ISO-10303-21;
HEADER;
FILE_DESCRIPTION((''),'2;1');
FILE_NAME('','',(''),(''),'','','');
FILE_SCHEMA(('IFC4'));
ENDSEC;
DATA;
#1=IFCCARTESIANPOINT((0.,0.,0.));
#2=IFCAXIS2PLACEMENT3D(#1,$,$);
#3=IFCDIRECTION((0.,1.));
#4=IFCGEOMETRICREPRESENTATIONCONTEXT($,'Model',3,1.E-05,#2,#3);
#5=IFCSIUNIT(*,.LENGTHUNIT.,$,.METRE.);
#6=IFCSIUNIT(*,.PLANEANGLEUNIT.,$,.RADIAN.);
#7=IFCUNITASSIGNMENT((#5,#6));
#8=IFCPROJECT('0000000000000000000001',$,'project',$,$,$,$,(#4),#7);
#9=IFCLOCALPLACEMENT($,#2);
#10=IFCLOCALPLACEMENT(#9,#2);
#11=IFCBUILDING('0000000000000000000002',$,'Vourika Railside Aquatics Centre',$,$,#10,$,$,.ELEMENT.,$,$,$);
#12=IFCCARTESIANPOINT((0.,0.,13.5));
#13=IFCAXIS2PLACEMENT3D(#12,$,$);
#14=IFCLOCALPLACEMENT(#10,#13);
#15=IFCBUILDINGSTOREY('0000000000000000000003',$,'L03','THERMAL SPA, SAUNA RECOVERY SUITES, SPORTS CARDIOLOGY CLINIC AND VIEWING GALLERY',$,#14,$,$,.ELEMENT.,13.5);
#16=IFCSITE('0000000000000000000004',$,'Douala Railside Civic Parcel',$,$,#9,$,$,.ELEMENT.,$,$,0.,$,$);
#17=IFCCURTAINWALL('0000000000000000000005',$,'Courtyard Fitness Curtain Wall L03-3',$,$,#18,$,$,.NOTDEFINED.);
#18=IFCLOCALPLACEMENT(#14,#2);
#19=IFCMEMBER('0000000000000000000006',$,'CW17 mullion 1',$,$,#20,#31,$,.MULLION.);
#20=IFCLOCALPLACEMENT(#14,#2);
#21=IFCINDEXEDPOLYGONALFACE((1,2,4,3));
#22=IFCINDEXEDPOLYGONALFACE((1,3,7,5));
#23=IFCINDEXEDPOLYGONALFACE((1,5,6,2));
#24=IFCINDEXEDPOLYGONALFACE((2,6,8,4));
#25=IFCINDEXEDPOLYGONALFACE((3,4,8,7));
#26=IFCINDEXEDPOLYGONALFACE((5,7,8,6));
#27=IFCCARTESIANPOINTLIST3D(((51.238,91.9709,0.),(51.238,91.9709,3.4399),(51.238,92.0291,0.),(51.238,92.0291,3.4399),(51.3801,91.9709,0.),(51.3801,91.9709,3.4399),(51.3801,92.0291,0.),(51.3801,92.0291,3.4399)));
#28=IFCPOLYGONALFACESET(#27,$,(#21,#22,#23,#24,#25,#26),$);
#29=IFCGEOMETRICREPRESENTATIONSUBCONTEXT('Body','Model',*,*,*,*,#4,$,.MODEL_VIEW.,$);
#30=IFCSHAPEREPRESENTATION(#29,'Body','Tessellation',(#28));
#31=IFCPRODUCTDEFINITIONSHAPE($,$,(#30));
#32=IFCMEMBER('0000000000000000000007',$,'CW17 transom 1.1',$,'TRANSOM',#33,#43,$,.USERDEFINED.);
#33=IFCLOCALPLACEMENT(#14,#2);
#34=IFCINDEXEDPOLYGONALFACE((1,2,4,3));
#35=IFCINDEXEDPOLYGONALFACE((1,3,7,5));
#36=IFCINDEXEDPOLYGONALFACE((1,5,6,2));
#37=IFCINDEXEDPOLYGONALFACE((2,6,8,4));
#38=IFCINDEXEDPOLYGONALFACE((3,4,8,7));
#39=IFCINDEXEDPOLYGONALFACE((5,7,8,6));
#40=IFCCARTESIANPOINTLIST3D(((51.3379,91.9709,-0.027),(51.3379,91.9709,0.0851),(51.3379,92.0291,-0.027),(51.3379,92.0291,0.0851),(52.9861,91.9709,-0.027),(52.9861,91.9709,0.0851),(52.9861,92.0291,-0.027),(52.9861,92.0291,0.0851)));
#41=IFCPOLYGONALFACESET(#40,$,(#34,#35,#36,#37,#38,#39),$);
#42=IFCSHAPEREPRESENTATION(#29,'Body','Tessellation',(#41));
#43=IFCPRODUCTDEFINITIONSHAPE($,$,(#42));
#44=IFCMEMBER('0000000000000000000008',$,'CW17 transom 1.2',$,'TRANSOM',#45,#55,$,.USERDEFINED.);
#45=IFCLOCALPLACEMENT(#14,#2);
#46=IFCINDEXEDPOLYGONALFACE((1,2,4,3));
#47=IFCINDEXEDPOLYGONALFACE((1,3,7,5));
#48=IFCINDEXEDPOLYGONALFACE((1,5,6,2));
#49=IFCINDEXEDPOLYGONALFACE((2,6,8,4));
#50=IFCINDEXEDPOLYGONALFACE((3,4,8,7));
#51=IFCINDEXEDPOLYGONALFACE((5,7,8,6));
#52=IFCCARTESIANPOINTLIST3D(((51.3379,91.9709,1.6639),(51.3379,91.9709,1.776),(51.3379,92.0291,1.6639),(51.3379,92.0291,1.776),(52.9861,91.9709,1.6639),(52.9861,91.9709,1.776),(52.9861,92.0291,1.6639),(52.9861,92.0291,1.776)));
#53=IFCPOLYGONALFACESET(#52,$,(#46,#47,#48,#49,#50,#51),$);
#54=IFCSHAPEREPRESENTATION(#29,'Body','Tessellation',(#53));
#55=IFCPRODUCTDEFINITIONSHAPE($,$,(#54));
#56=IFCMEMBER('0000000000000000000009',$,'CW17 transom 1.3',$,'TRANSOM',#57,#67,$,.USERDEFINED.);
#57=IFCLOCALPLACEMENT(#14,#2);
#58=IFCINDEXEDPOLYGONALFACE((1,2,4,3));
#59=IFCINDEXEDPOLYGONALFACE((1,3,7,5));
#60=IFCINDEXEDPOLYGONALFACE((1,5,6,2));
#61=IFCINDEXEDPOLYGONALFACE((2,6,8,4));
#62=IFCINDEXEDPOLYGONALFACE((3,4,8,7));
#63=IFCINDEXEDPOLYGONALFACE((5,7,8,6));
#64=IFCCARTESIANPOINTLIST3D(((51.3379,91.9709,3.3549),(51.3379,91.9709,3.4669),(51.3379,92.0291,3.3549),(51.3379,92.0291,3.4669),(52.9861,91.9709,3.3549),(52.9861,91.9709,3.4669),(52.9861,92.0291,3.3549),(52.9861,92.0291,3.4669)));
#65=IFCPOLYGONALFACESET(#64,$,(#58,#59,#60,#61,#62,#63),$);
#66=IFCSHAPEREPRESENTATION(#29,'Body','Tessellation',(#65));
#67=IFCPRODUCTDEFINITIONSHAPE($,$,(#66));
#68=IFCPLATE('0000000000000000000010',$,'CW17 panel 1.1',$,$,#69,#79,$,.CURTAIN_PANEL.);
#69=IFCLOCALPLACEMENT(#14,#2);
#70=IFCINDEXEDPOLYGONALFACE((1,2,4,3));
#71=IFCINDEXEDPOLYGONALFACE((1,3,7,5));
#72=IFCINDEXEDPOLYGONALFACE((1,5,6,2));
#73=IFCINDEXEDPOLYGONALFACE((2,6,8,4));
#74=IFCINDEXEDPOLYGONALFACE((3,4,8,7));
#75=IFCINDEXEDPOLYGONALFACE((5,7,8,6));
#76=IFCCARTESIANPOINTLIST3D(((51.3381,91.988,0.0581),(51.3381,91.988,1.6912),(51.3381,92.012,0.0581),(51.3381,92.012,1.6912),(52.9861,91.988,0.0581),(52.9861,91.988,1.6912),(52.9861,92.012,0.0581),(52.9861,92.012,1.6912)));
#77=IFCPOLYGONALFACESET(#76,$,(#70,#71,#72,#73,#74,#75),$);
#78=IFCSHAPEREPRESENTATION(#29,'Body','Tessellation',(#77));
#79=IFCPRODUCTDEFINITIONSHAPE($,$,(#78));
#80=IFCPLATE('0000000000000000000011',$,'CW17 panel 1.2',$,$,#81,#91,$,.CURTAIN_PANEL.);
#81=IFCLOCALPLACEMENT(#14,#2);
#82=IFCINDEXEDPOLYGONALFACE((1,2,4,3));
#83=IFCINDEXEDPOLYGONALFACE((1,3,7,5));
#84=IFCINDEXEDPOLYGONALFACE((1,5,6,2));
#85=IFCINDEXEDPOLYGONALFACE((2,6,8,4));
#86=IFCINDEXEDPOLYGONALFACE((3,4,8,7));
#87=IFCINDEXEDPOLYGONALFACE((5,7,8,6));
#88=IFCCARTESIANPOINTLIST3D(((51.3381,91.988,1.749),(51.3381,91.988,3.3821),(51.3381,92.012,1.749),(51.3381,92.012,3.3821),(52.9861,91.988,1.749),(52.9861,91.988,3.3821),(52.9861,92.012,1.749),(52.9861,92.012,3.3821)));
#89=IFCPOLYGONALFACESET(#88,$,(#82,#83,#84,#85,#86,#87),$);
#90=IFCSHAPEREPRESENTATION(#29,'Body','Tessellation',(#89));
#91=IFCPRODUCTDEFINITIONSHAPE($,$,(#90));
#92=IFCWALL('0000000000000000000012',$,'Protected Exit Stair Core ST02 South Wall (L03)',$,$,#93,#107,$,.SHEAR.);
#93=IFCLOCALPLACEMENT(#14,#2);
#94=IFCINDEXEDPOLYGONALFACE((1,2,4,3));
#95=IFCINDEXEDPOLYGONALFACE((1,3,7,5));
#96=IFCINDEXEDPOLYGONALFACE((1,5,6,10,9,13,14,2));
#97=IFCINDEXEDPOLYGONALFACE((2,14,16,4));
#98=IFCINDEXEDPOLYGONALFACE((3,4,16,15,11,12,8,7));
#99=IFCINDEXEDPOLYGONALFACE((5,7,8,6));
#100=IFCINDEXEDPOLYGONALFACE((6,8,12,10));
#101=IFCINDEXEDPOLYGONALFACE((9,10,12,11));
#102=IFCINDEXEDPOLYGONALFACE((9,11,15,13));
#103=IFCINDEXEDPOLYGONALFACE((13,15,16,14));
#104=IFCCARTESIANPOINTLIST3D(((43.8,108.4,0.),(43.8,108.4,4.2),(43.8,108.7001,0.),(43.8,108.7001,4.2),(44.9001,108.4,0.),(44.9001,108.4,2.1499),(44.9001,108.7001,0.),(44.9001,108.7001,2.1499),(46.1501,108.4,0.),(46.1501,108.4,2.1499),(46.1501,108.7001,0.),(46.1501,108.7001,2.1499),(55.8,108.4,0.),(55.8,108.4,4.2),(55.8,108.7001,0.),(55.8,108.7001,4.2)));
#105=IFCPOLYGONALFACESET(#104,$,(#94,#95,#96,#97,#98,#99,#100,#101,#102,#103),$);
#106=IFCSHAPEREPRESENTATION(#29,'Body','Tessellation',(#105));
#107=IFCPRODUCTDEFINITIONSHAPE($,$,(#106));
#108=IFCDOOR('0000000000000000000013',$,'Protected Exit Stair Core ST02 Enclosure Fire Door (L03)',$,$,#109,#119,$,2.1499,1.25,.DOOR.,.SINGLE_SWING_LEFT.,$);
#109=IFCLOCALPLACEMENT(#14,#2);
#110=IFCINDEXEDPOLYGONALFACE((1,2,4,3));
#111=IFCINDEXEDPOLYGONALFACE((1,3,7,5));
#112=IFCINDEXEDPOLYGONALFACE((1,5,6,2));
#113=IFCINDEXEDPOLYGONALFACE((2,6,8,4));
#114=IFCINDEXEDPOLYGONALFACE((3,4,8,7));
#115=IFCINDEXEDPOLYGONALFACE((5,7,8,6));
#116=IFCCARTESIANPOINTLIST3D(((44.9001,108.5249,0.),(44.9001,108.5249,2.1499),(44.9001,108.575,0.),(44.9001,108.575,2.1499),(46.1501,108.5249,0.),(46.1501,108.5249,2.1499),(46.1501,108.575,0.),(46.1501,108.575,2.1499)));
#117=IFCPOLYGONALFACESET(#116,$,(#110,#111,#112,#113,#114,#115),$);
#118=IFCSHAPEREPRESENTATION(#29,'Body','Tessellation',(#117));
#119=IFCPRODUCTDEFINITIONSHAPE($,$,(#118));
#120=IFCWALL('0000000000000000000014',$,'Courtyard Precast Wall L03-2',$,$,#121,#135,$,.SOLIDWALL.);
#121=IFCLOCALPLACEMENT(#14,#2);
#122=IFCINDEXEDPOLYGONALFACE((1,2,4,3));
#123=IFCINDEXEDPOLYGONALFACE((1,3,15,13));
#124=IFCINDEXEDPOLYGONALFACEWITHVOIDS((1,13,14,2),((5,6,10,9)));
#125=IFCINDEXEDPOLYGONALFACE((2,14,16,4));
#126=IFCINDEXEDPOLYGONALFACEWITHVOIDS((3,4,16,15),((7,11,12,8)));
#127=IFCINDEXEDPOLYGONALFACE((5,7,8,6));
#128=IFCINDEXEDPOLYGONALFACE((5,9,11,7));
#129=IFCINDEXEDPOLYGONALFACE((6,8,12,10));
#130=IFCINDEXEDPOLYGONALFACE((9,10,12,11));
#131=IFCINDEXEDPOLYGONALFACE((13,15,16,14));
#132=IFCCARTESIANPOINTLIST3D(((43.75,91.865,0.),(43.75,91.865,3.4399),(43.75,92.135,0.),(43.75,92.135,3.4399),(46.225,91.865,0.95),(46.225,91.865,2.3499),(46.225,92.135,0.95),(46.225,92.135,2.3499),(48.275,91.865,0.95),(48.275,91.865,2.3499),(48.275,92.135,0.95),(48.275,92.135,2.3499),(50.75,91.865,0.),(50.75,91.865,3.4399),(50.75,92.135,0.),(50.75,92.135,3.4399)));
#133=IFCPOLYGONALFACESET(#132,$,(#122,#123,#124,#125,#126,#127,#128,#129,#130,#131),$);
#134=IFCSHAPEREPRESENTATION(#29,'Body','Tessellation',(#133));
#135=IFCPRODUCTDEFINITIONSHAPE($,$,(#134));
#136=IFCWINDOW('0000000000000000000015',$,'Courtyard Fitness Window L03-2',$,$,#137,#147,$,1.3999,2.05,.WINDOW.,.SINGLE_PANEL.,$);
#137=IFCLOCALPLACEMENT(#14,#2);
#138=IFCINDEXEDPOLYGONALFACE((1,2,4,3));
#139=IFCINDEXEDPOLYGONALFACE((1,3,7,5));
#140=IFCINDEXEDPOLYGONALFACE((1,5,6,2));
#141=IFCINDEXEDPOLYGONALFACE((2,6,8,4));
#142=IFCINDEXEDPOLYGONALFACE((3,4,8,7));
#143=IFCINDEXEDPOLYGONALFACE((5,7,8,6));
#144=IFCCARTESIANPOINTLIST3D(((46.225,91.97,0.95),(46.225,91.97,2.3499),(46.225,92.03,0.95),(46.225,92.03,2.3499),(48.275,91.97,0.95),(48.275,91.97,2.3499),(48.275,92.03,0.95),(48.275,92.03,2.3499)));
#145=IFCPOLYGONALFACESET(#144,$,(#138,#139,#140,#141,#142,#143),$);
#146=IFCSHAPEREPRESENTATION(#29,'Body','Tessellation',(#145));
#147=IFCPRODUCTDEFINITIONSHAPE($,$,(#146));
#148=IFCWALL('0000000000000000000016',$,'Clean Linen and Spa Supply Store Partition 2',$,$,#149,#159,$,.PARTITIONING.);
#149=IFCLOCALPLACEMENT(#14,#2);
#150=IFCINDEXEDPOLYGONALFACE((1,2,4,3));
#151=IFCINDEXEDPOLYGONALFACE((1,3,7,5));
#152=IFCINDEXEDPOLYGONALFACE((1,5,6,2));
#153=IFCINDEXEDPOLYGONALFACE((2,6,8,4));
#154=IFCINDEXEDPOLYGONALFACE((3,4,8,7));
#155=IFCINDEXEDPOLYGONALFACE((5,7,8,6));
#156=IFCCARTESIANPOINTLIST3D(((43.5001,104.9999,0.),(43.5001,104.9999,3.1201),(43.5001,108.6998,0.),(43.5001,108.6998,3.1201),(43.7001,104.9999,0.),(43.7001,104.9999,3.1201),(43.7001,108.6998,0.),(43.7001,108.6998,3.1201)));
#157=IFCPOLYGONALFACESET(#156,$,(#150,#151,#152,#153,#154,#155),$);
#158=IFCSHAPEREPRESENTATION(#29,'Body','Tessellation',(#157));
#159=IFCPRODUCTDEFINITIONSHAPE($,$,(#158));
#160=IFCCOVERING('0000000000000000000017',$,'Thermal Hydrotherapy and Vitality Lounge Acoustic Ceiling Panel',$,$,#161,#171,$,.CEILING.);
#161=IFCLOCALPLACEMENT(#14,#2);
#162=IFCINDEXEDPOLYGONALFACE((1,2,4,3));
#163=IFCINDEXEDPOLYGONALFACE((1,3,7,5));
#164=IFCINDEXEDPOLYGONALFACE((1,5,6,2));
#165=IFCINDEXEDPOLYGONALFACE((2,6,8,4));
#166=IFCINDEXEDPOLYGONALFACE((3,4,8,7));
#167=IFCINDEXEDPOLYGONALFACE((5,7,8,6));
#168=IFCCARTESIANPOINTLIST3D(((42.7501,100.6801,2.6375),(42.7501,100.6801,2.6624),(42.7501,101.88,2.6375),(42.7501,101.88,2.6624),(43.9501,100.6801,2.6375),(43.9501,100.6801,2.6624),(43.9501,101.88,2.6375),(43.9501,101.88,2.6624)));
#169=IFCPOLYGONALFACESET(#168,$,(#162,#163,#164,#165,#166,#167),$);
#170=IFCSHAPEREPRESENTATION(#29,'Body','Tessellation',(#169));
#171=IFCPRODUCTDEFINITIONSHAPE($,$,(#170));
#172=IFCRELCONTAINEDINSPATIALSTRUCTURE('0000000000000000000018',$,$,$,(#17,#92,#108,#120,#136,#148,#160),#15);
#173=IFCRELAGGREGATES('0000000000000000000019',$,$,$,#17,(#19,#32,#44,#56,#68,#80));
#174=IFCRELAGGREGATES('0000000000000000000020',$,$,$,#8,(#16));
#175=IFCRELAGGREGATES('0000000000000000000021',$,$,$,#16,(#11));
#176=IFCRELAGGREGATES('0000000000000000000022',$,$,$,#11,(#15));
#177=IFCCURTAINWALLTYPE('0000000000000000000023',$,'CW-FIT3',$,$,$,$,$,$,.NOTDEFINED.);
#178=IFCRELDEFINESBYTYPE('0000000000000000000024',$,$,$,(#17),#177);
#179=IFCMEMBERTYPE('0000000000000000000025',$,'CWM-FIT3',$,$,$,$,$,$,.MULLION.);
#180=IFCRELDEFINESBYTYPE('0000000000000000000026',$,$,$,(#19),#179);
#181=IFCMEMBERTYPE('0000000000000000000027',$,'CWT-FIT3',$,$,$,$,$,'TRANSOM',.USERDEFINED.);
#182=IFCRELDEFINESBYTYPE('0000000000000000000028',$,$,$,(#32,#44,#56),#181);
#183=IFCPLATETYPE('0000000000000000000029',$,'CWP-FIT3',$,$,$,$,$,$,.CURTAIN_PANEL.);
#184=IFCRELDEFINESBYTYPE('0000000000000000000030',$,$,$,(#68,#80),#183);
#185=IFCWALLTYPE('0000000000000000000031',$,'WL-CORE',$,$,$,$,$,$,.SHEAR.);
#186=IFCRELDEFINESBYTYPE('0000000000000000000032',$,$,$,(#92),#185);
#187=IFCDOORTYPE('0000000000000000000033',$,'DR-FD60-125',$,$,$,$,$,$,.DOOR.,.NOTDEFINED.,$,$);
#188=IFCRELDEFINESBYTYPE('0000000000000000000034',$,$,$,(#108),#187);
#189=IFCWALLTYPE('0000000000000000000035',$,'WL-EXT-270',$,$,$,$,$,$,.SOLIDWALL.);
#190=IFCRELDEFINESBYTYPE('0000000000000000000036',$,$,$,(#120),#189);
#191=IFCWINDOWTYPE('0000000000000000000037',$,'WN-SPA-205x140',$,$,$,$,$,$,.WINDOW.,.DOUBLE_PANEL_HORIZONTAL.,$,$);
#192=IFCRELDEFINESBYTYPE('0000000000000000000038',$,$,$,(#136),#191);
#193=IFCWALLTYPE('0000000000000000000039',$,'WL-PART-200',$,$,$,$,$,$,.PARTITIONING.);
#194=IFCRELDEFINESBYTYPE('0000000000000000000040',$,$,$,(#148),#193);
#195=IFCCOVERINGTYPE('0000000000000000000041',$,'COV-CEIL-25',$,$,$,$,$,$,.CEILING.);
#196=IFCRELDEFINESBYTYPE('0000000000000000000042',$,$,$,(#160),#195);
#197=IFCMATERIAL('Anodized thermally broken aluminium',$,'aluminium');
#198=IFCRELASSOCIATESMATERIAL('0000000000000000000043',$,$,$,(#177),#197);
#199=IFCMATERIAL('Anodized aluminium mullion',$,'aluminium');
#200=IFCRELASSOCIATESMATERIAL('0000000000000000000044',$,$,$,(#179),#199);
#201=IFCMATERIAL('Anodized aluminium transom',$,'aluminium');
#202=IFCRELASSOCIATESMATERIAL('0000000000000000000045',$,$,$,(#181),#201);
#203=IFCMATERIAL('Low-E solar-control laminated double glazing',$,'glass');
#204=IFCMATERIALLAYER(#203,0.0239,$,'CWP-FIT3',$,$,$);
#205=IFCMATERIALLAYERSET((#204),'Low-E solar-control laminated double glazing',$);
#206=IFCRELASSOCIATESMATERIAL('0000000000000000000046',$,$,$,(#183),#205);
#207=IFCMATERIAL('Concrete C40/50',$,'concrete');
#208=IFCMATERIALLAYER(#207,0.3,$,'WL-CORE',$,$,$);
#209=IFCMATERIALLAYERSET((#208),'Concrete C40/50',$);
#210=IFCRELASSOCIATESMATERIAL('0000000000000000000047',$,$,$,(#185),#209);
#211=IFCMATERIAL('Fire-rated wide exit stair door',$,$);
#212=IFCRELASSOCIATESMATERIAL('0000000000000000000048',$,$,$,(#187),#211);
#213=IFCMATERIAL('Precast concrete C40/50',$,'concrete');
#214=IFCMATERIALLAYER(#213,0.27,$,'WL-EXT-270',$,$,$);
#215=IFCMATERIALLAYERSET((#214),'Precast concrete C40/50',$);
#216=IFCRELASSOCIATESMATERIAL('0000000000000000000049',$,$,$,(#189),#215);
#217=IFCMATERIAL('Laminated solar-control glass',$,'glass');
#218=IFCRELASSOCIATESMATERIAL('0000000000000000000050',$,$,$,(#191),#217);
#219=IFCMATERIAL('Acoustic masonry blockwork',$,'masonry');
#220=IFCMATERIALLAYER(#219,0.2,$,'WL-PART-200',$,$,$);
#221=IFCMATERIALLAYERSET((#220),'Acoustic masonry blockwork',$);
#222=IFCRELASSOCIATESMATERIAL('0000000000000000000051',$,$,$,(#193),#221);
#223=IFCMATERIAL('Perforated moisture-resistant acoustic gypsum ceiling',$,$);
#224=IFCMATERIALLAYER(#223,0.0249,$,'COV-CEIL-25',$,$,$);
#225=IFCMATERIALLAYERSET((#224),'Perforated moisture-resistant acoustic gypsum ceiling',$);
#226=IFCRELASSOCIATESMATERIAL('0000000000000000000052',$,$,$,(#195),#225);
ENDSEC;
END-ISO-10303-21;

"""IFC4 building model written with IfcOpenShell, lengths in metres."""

from ifc_helpers import new_model, si_unit, direction, frame, frame_2d, origin, origin_2d, place, context, subcontext, project, spatial, rectangle, extrude, material, layer, layer_set, material_profile, profile_set, type_object, element, fill, aggregate, save


model = new_model("IFC4")

# Units and contexts
model_context = context("Model", 3, precision=1e-05, world=origin(), true_north=direction((0.0, 1.0)))
body_context = subcontext(model_context, "Body", "Model", "MODEL_VIEW")
ifc_project = project(units=[si_unit("LENGTHUNIT", "METRE"), si_unit("PLANEANGLEUNIT", "RADIAN")], contexts=[model_context])

# Site, building, storey
site_placement = place(None, origin())
site = spatial("IfcSite", under=ifc_project, at=site_placement, Name="Douala Railside Civic Parcel", CompositionType="ELEMENT", RefElevation=0.0)
building_placement = place(site_placement, origin())
building = spatial("IfcBuilding", under=site, at=building_placement, Name="Vourika Railside Aquatics Centre", CompositionType="ELEMENT")
storey_placement = place(building_placement, frame((0.0, 0.0, 13.5)))
storey = spatial("IfcBuildingStorey", under=building, at=storey_placement, Name="L03", Description="THERMAL SPA, SAUNA RECOVERY SUITES, SPORTS CARDIOLOGY CLINIC AND VIEWING GALLERY", CompositionType="ELEMENT", Elevation=13.5)

# Curtain wall, members, plates
ifc_material_1 = material(Name="Anodized thermally broken aluminium", Category="aluminium")
curtain_wall_type = type_object("IfcCurtainWallType", Name="CW-FIT3", PredefinedType="NOTDEFINED", material=ifc_material_1)
curtain_wall_placement = place(storey_placement, origin())
curtain_wall = element("IfcCurtainWall", 1, at=curtain_wall_placement, inside=storey, type_object=curtain_wall_type, Name="Courtyard Fitness Curtain Wall L03-3", PredefinedType="NOTDEFINED")
ifc_material_2 = material(Name="Anodized aluminium mullion", Category="aluminium")
ifc_material_profile_1 = material_profile(ifc_material_2, rectangle(XDim=0.0581, YDim=0.1421, at=origin_2d()), Name="ALU-M 58x142")
ifc_profile_set_1 = profile_set([ifc_material_profile_1], Name="Anodized aluminium mullion")
member_type_1 = type_object("IfcMemberType", Name="CWM-FIT3", PredefinedType="MULLION", material=ifc_profile_set_1)
member_1_placement = place(storey_placement, frame((51.3091, 92.0, 0.0), z_axis=(0.0, 0.0, 1.0), x_axis=(0.0, 1.0, 0.0)))
member_1 = element("IfcMember", 2, at=member_1_placement, type_object=member_type_1, Name="CW17 mullion 1", PredefinedType="MULLION", context=body_context, shape_type="SweptSolid", body=[
    extrude(rectangle(XDim=0.0581, YDim=0.1421, at=origin_2d()), origin(), (0.0, 0.0, 1.0), 3.4399),
])
ifc_material_3 = material(Name="Anodized aluminium transom", Category="aluminium")
ifc_material_profile_2 = material_profile(ifc_material_3, rectangle(XDim=0.0581, YDim=0.1121, at=origin_2d()), Name="ALU-T 58x112")
ifc_profile_set_2 = profile_set([ifc_material_profile_2], Name="Anodized aluminium transom")
member_type_2 = type_object("IfcMemberType", Name="CWT-FIT3", ElementType="TRANSOM", PredefinedType="USERDEFINED", material=ifc_profile_set_2)
member_2_placement = place(storey_placement, frame((51.3379, 92.0, 0.0291), z_axis=(1.0, 0.0, 0.0), x_axis=(0.0, 1.0, 0.0)))
member_2 = element("IfcMember", 3, at=member_2_placement, type_object=member_type_2, Name="CW17 transom 1.1", ObjectType="TRANSOM", PredefinedType="USERDEFINED", context=body_context, shape_type="SweptSolid", body=[
    extrude(rectangle(XDim=0.0581, YDim=0.1121, at=origin_2d()), origin(), (0.0, 0.0, 1.0), 1.6482),
])
member_3_placement = place(storey_placement, frame((51.3379, 92.0, 1.72), z_axis=(1.0, 0.0, 0.0), x_axis=(0.0, 1.0, 0.0)))
member_3 = element("IfcMember", 4, at=member_3_placement, type_object=member_type_2, Name="CW17 transom 1.2", ObjectType="TRANSOM", PredefinedType="USERDEFINED", context=body_context, shape_type="SweptSolid", body=[
    extrude(rectangle(XDim=0.0581, YDim=0.1121, at=origin_2d()), origin(), (0.0, 0.0, 1.0), 1.6482),
])
member_4_placement = place(storey_placement, frame((51.3379, 92.0, 3.4109), z_axis=(1.0, 0.0, 0.0), x_axis=(0.0, 1.0, 0.0)))
member_4 = element("IfcMember", 5, at=member_4_placement, type_object=member_type_2, Name="CW17 transom 1.3", ObjectType="TRANSOM", PredefinedType="USERDEFINED", context=body_context, shape_type="SweptSolid", body=[
    extrude(rectangle(XDim=0.0581, YDim=0.1121, at=origin_2d()), origin(), (0.0, 0.0, 1.0), 1.6482),
])
ifc_material_4 = material(Name="Low-E solar-control laminated double glazing", Category="glass")
ifc_layer_1 = layer(ifc_material_4, 0.0239, Name="CWP-FIT3")
ifc_layer_set_1 = layer_set([ifc_layer_1], Name="Low-E solar-control laminated double glazing")
plate_type = type_object("IfcPlateType", Name="CWP-FIT3", PredefinedType="CURTAIN_PANEL", material=ifc_layer_set_1)
plate_1_placement = place(storey_placement, frame((52.1621, 92.0, 0.0581), z_axis=(0.0, 0.0, 1.0), x_axis=(1.0, 0.0, 0.0)))
plate_1 = element("IfcPlate", 6, at=plate_1_placement, type_object=plate_type, Name="CW17 panel 1.1", PredefinedType="CURTAIN_PANEL", context=body_context, shape_type="SweptSolid", body=[
    extrude(rectangle(XDim=1.6479, YDim=0.0239, at=origin_2d()), origin(), (0.0, 0.0, 1.0), 1.6331),
])
plate_2_placement = place(storey_placement, frame((52.1621, 92.0, 1.749), z_axis=(0.0, 0.0, 1.0), x_axis=(1.0, 0.0, 0.0)))
plate_2 = element("IfcPlate", 7, at=plate_2_placement, type_object=plate_type, Name="CW17 panel 1.2", PredefinedType="CURTAIN_PANEL", context=body_context, shape_type="SweptSolid", body=[
    extrude(rectangle(XDim=1.6479, YDim=0.0239, at=origin_2d()), origin(), (0.0, 0.0, 1.0), 1.6331),
])
aggregate(curtain_wall, [member_1, member_2, member_3, member_4, plate_1, plate_2])

# Wall, opening, door
ifc_material_5 = material(Name="Concrete C40/50", Category="concrete")
ifc_layer_2 = layer(ifc_material_5, 0.3, Name="WL-CORE")
ifc_layer_set_2 = layer_set([ifc_layer_2], Name="Concrete C40/50")
wall_type_1 = type_object("IfcWallType", Name="WL-CORE", PredefinedType="SHEAR", material=ifc_layer_set_2)
wall_1_placement = place(storey_placement, frame((43.8, 108.55, 0.0), z_axis=(0.0, 0.0, 1.0), x_axis=(1.0, 0.0, 0.0)))
wall_1 = element("IfcWall", 8, at=wall_1_placement, inside=storey, type_object=wall_type_1, Name="Protected Exit Stair Core ST02 South Wall (L03)", PredefinedType="SHEAR", context=body_context, shape_type="SweptSolid", body=[
    extrude(rectangle(XDim=12.0, YDim=0.3, at=frame_2d((6.0, 0.0))), origin(), (0.0, 0.0, 1.0), 4.2),
])
opening_1_placement = place(wall_1_placement, frame((1.1001, 0.0, 0.0)))
opening_1 = element("IfcOpeningElement", 9, at=opening_1_placement, cuts=wall_1, PredefinedType="OPENING", context=body_context, shape_type="SweptSolid", body=[
    extrude(rectangle(XDim=1.25, YDim=2.1499, at=frame_2d((0.625, 1.075))), frame((0.0, 0.1602, 0.0), z_axis=(0.0, -1.0, 0.0), x_axis=(1.0, 0.0, 0.0)), (0.0, 0.0, 1.0), 0.3201),
])
ifc_material_6 = material(Name="Fire-rated wide exit stair door")
door_type_1 = type_object("IfcDoorType", Name="DR-FD60-125", OperationType="NOTDEFINED", PredefinedType="DOOR", material=ifc_material_6)
door_1_placement = place(opening_1_placement, origin())
door_1 = element("IfcDoor", 10, at=door_1_placement, inside=storey, type_object=door_type_1, Name="Protected Exit Stair Core ST02 Enclosure Fire Door (L03)", OperationType="SINGLE_SWING_LEFT", OverallHeight=2.1499, OverallWidth=1.25, PredefinedType="DOOR", context=body_context, shape_type="SweptSolid", body=[
    extrude(rectangle(XDim=1.25, YDim=2.1499, at=frame_2d((0.625, 1.075))), frame((0.0, 0.0249, 0.0), z_axis=(0.0, -1.0, 0.0), x_axis=(1.0, 0.0, 0.0)), (0.0, 0.0, 1.0), 0.05),
])
fill(opening_1, door_1)

# Wall, opening, window
ifc_material_7 = material(Name="Precast concrete C40/50", Category="concrete")
ifc_layer_3 = layer(ifc_material_7, 0.27, Name="WL-EXT-270")
ifc_layer_set_3 = layer_set([ifc_layer_3], Name="Precast concrete C40/50")
wall_type_2 = type_object("IfcWallType", Name="WL-EXT-270", PredefinedType="SOLIDWALL", material=ifc_layer_set_3)
wall_2_placement = place(storey_placement, frame((43.75, 92.0, 0.0), z_axis=(0.0, 0.0, 1.0), x_axis=(1.0, 0.0, 0.0)))
wall_2 = element("IfcWall", 11, at=wall_2_placement, inside=storey, type_object=wall_type_2, Name="Courtyard Precast Wall L03-2", PredefinedType="SOLIDWALL", context=body_context, shape_type="SweptSolid", body=[
    extrude(rectangle(XDim=7.0, YDim=0.27, at=frame_2d((3.5, 0.0))), origin(), (0.0, 0.0, 1.0), 3.4399),
])
opening_2_placement = place(wall_2_placement, frame((2.4751, 0.0, 0.95)))
opening_2 = element("IfcOpeningElement", 12, at=opening_2_placement, cuts=wall_2, PredefinedType="OPENING", context=body_context, shape_type="SweptSolid", body=[
    extrude(rectangle(XDim=2.05, YDim=1.3999, at=frame_2d((1.0249, 0.7))), frame((0.0, 0.145, 0.0), z_axis=(0.0, -1.0, 0.0), x_axis=(1.0, 0.0, 0.0)), (0.0, 0.0, 1.0), 0.29),
])
ifc_material_8 = material(Name="Laminated solar-control glass", Category="glass")
window_type = type_object("IfcWindowType", Name="WN-SPA-205x140", PartitioningType="DOUBLE_PANEL_HORIZONTAL", PredefinedType="WINDOW", material=ifc_material_8)
window_placement = place(opening_2_placement, origin())
window = element("IfcWindow", 13, at=window_placement, inside=storey, type_object=window_type, Name="Courtyard Fitness Window L03-2", OverallHeight=1.3999, OverallWidth=2.05, PartitioningType="SINGLE_PANEL", PredefinedType="WINDOW", context=body_context, shape_type="SweptSolid", body=[
    extrude(rectangle(XDim=2.05, YDim=1.3999, at=frame_2d((1.0249, 0.7))), frame((0.0, 0.03, 0.0), z_axis=(0.0, -1.0, 0.0), x_axis=(1.0, 0.0, 0.0)), (0.0, 0.0, 1.0), 0.0601),
])
fill(opening_2, window)

# Shared definitions
ifc_material_9 = material(Name="Acoustic masonry blockwork", Category="masonry")
ifc_layer_4 = layer(ifc_material_9, 0.2, Name="WL-PART-200")
ifc_layer_set_4 = layer_set([ifc_layer_4], Name="Acoustic masonry blockwork")
wall_type_3 = type_object("IfcWallType", Name="WL-PART-200", PredefinedType="PARTITIONING", material=ifc_layer_set_4)

# Wall
wall_3_placement = place(storey_placement, frame((43.6001, 108.7, 0.0), z_axis=(0.0, 0.0, 1.0), x_axis=(0.0, -1.0, 0.0)))
element("IfcWall", 14, at=wall_3_placement, inside=storey, type_object=wall_type_3, Name="Clean Linen and Spa Supply Store Partition 2", PredefinedType="PARTITIONING", context=body_context, shape_type="SweptSolid", body=[
    extrude(rectangle(XDim=3.7, YDim=0.2, at=frame_2d((1.8501, 0.0))), origin(), (0.0, 0.0, 1.0), 3.1201),
])

# Covering
ifc_material_10 = material(Name="Perforated moisture-resistant acoustic gypsum ceiling")
ifc_layer_5 = layer(ifc_material_10, 0.0249, Name="COV-CEIL-25")
ifc_layer_set_5 = layer_set([ifc_layer_5], Name="Perforated moisture-resistant acoustic gypsum ceiling")
covering_type_1 = type_object("IfcCoveringType", Name="COV-CEIL-25", PredefinedType="CEILING", material=ifc_layer_set_5)
for number, where, z_axis, x_axis, name in (
    (15, (43.3501, 101.28, 2.6375), (0.0, 0.0, 1.0), (1.0, 0.0, 0.0), "Thermal Hydrotherapy and Vitality Lounge Acoustic Ceiling Panel"),
):
    element("IfcCovering", number, at=place(storey_placement, frame(where, z_axis=z_axis, x_axis=x_axis)), inside=storey, type_object=covering_type_1, Name=name, PredefinedType="CEILING", context=body_context, shape_type="SweptSolid", body=[
        extrude(rectangle(XDim=1.2, YDim=1.2, at=origin_2d()), origin(), (0.0, 0.0, 1.0), 0.0249),
    ])

save(model, "model.ifc")
